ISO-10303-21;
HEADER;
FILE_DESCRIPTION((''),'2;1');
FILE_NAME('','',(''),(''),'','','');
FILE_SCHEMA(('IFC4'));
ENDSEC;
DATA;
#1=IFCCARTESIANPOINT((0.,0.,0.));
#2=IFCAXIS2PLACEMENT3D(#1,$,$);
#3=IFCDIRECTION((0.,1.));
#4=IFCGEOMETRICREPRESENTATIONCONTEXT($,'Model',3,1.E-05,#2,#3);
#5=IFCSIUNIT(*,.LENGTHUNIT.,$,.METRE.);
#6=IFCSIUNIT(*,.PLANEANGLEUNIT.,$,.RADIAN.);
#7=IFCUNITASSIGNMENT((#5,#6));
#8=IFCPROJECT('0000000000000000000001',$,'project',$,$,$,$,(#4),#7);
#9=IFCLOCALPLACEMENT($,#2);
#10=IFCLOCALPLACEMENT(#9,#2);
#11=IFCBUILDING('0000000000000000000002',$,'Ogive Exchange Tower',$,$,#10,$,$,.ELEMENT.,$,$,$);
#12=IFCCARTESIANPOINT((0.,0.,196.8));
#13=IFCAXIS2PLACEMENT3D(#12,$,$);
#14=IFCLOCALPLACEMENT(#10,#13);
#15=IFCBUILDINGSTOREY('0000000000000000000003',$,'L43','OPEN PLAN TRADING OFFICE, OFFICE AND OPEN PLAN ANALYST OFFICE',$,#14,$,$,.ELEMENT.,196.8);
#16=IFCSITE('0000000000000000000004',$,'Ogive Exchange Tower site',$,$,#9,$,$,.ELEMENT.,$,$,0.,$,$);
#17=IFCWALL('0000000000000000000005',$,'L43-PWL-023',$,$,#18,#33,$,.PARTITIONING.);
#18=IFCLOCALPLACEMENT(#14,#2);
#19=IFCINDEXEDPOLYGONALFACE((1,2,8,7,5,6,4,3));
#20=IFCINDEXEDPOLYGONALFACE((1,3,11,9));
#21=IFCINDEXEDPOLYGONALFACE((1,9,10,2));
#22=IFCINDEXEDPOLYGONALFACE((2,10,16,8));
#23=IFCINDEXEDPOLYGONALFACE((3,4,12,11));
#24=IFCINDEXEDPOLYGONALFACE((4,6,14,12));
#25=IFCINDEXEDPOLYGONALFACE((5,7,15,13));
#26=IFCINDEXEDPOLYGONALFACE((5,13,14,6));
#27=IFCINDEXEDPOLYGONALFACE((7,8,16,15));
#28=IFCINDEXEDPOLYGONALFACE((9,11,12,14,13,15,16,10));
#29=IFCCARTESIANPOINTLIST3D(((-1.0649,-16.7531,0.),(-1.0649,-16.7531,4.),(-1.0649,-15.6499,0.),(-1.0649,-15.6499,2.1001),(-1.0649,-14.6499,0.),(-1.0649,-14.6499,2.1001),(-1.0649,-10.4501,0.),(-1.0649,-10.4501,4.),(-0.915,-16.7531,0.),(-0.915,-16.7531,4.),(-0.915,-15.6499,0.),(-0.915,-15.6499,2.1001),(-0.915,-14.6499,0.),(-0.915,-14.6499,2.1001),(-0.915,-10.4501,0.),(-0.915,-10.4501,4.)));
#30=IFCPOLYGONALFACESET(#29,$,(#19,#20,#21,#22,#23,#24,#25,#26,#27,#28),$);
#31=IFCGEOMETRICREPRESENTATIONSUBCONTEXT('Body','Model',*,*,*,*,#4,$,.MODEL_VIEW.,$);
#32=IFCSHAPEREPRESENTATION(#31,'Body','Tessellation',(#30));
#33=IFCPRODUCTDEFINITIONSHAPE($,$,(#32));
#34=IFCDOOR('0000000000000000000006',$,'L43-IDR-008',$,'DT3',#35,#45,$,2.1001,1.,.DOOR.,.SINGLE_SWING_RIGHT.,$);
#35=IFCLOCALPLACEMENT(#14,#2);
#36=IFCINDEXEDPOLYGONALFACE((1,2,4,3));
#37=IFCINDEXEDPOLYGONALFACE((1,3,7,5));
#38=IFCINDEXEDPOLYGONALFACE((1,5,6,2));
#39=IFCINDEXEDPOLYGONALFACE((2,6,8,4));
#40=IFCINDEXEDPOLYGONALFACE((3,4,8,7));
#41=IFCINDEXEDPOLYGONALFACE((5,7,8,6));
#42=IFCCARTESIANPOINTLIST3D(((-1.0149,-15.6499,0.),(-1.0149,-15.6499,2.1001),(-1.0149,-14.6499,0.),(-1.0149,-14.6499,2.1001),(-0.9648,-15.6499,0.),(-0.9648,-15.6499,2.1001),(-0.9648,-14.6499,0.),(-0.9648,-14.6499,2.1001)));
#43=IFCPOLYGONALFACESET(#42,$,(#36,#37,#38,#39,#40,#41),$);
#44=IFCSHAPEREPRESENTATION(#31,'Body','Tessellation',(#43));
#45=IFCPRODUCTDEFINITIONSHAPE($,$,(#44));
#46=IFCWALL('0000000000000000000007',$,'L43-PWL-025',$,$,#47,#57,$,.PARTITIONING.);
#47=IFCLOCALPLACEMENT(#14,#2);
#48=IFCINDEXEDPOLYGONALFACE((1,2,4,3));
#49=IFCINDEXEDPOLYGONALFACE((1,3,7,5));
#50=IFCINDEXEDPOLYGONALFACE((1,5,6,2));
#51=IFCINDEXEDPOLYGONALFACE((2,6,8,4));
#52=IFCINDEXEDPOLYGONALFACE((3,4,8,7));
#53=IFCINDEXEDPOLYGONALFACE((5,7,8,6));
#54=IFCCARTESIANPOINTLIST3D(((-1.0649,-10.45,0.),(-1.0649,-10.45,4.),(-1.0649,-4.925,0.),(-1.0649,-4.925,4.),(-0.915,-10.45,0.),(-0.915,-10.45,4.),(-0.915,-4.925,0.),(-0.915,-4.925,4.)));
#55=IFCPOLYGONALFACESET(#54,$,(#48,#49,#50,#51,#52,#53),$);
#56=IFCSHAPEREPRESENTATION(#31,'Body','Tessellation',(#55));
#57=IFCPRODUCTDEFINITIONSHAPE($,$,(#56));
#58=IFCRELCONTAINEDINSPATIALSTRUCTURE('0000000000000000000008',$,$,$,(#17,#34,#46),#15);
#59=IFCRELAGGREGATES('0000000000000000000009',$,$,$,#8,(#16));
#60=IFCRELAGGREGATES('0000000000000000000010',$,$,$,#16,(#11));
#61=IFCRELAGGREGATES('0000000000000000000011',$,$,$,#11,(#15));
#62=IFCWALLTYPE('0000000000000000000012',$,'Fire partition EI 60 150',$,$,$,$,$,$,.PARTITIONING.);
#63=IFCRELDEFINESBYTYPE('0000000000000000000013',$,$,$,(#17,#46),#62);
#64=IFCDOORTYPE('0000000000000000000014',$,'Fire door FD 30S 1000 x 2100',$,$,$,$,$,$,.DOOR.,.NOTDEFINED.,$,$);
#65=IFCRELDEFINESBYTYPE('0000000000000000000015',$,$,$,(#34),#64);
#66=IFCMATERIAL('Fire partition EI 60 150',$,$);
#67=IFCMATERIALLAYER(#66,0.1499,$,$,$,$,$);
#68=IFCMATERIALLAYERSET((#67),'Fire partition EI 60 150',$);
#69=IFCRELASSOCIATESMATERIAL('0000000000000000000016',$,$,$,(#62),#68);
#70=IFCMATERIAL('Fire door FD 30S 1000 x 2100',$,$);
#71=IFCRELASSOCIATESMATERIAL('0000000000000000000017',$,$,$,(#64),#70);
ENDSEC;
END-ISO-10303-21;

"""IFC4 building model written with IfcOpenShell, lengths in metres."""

from ifc_helpers import new_model, si_unit, direction, frame, frame_2d, origin, place, context, subcontext, project, spatial, rectangle, extrude, material, layer, layer_set, type_object, element, fill, save


model = new_model("IFC4")

# Units and contexts
model_context = context("Model", 3, precision=1e-05, world=origin(), true_north=direction((0.0, 1.0)))
body_context = subcontext(model_context, "Body", "Model", "MODEL_VIEW")
ifc_project = project(units=[si_unit("LENGTHUNIT", "METRE"), si_unit("PLANEANGLEUNIT", "RADIAN")], contexts=[model_context])

# Site, building, storey
site_placement = place(None, origin())
site = spatial("IfcSite", under=ifc_project, at=site_placement, Name="Ogive Exchange Tower site", CompositionType="ELEMENT", RefElevation=0.0)
building_placement = place(site_placement, origin())
building = spatial("IfcBuilding", under=site, at=building_placement, Name="Ogive Exchange Tower", CompositionType="ELEMENT")
storey_placement = place(building_placement, frame((0.0, 0.0, 196.8)))
storey = spatial("IfcBuildingStorey", under=building, at=storey_placement, Name="L43", Description="OPEN PLAN TRADING OFFICE, OFFICE AND OPEN PLAN ANALYST OFFICE", CompositionType="ELEMENT", Elevation=196.8)

# Wall, opening, door
ifc_material_1 = material(Name="Fire partition EI 60 150")
ifc_layer_1 = layer(ifc_material_1, 0.1499)
ifc_layer_set_1 = layer_set([ifc_layer_1], Name="Fire partition EI 60 150")
wall_type_1 = type_object("IfcWallType", Name="Fire partition EI 60 150", PredefinedType="PARTITIONING", material=ifc_layer_set_1)
wall_1_placement = place(storey_placement, frame((-0.99, -16.7529, 0.0), z_axis=(0.0, 0.0, 1.0), x_axis=(0.0, 1.0, 0.0)))
wall_1 = element("IfcWall", 1, at=wall_1_placement, inside=storey, type_object=wall_type_1, Name="L43-PWL-023", PredefinedType="PARTITIONING", context=body_context, shape_type="SweptSolid", body=[
    extrude(rectangle(XDim=6.303, YDim=0.1499, at=frame_2d((3.1514, 0.0))), origin(), (0.0, 0.0, 1.0), 4.0),
])
opening_1_placement = place(wall_1_placement, frame((1.103, 0.0, 0.0)))
opening_1 = element("IfcOpeningElement", 2, at=opening_1_placement, cuts=wall_1, PredefinedType="OPENING", context=body_context, shape_type="SweptSolid", body=[
    extrude(rectangle(XDim=1.0, YDim=2.1001, at=frame_2d((0.5, 1.05))), frame((0.0, 0.085, 0.0), z_axis=(0.0, -1.0, 0.0), x_axis=(1.0, 0.0, 0.0)), (0.0, 0.0, 1.0), 0.1699),
])
ifc_material_2 = material(Name="Fire door FD 30S 1000 x 2100")
door_type_1 = type_object("IfcDoorType", Name="Fire door FD 30S 1000 x 2100", OperationType="NOTDEFINED", PredefinedType="DOOR", material=ifc_material_2)
door_1_placement = place(opening_1_placement, origin())
door_1 = element("IfcDoor", 3, at=door_1_placement, inside=storey, type_object=door_type_1, Name="L43-IDR-008", ObjectType="DT3", OperationType="SINGLE_SWING_RIGHT", OverallHeight=2.1001, OverallWidth=1.0, PredefinedType="DOOR", context=body_context, shape_type="SweptSolid", body=[
    extrude(rectangle(XDim=1.0, YDim=2.1001, at=frame_2d((0.5, 1.05))), frame((0.0, 0.0249, 0.0), z_axis=(0.0, -1.0, 0.0), x_axis=(1.0, 0.0, 0.0)), (0.0, 0.0, 1.0), 0.05),
])
fill(opening_1, door_1)

# Wall
wall_2_placement = place(storey_placement, frame((-0.99, -10.45, 0.0), z_axis=(0.0, 0.0, 1.0), x_axis=(0.0, 1.0, 0.0)))
element("IfcWall", 4, at=wall_2_placement, inside=storey, type_object=wall_type_1, Name="L43-PWL-025", PredefinedType="PARTITIONING", context=body_context, shape_type="SweptSolid", body=[
    extrude(rectangle(XDim=5.5249, YDim=0.1499, at=frame_2d((2.7625, 0.0))), origin(), (0.0, 0.0, 1.0), 4.0),
])

save(model, "model.ifc")
